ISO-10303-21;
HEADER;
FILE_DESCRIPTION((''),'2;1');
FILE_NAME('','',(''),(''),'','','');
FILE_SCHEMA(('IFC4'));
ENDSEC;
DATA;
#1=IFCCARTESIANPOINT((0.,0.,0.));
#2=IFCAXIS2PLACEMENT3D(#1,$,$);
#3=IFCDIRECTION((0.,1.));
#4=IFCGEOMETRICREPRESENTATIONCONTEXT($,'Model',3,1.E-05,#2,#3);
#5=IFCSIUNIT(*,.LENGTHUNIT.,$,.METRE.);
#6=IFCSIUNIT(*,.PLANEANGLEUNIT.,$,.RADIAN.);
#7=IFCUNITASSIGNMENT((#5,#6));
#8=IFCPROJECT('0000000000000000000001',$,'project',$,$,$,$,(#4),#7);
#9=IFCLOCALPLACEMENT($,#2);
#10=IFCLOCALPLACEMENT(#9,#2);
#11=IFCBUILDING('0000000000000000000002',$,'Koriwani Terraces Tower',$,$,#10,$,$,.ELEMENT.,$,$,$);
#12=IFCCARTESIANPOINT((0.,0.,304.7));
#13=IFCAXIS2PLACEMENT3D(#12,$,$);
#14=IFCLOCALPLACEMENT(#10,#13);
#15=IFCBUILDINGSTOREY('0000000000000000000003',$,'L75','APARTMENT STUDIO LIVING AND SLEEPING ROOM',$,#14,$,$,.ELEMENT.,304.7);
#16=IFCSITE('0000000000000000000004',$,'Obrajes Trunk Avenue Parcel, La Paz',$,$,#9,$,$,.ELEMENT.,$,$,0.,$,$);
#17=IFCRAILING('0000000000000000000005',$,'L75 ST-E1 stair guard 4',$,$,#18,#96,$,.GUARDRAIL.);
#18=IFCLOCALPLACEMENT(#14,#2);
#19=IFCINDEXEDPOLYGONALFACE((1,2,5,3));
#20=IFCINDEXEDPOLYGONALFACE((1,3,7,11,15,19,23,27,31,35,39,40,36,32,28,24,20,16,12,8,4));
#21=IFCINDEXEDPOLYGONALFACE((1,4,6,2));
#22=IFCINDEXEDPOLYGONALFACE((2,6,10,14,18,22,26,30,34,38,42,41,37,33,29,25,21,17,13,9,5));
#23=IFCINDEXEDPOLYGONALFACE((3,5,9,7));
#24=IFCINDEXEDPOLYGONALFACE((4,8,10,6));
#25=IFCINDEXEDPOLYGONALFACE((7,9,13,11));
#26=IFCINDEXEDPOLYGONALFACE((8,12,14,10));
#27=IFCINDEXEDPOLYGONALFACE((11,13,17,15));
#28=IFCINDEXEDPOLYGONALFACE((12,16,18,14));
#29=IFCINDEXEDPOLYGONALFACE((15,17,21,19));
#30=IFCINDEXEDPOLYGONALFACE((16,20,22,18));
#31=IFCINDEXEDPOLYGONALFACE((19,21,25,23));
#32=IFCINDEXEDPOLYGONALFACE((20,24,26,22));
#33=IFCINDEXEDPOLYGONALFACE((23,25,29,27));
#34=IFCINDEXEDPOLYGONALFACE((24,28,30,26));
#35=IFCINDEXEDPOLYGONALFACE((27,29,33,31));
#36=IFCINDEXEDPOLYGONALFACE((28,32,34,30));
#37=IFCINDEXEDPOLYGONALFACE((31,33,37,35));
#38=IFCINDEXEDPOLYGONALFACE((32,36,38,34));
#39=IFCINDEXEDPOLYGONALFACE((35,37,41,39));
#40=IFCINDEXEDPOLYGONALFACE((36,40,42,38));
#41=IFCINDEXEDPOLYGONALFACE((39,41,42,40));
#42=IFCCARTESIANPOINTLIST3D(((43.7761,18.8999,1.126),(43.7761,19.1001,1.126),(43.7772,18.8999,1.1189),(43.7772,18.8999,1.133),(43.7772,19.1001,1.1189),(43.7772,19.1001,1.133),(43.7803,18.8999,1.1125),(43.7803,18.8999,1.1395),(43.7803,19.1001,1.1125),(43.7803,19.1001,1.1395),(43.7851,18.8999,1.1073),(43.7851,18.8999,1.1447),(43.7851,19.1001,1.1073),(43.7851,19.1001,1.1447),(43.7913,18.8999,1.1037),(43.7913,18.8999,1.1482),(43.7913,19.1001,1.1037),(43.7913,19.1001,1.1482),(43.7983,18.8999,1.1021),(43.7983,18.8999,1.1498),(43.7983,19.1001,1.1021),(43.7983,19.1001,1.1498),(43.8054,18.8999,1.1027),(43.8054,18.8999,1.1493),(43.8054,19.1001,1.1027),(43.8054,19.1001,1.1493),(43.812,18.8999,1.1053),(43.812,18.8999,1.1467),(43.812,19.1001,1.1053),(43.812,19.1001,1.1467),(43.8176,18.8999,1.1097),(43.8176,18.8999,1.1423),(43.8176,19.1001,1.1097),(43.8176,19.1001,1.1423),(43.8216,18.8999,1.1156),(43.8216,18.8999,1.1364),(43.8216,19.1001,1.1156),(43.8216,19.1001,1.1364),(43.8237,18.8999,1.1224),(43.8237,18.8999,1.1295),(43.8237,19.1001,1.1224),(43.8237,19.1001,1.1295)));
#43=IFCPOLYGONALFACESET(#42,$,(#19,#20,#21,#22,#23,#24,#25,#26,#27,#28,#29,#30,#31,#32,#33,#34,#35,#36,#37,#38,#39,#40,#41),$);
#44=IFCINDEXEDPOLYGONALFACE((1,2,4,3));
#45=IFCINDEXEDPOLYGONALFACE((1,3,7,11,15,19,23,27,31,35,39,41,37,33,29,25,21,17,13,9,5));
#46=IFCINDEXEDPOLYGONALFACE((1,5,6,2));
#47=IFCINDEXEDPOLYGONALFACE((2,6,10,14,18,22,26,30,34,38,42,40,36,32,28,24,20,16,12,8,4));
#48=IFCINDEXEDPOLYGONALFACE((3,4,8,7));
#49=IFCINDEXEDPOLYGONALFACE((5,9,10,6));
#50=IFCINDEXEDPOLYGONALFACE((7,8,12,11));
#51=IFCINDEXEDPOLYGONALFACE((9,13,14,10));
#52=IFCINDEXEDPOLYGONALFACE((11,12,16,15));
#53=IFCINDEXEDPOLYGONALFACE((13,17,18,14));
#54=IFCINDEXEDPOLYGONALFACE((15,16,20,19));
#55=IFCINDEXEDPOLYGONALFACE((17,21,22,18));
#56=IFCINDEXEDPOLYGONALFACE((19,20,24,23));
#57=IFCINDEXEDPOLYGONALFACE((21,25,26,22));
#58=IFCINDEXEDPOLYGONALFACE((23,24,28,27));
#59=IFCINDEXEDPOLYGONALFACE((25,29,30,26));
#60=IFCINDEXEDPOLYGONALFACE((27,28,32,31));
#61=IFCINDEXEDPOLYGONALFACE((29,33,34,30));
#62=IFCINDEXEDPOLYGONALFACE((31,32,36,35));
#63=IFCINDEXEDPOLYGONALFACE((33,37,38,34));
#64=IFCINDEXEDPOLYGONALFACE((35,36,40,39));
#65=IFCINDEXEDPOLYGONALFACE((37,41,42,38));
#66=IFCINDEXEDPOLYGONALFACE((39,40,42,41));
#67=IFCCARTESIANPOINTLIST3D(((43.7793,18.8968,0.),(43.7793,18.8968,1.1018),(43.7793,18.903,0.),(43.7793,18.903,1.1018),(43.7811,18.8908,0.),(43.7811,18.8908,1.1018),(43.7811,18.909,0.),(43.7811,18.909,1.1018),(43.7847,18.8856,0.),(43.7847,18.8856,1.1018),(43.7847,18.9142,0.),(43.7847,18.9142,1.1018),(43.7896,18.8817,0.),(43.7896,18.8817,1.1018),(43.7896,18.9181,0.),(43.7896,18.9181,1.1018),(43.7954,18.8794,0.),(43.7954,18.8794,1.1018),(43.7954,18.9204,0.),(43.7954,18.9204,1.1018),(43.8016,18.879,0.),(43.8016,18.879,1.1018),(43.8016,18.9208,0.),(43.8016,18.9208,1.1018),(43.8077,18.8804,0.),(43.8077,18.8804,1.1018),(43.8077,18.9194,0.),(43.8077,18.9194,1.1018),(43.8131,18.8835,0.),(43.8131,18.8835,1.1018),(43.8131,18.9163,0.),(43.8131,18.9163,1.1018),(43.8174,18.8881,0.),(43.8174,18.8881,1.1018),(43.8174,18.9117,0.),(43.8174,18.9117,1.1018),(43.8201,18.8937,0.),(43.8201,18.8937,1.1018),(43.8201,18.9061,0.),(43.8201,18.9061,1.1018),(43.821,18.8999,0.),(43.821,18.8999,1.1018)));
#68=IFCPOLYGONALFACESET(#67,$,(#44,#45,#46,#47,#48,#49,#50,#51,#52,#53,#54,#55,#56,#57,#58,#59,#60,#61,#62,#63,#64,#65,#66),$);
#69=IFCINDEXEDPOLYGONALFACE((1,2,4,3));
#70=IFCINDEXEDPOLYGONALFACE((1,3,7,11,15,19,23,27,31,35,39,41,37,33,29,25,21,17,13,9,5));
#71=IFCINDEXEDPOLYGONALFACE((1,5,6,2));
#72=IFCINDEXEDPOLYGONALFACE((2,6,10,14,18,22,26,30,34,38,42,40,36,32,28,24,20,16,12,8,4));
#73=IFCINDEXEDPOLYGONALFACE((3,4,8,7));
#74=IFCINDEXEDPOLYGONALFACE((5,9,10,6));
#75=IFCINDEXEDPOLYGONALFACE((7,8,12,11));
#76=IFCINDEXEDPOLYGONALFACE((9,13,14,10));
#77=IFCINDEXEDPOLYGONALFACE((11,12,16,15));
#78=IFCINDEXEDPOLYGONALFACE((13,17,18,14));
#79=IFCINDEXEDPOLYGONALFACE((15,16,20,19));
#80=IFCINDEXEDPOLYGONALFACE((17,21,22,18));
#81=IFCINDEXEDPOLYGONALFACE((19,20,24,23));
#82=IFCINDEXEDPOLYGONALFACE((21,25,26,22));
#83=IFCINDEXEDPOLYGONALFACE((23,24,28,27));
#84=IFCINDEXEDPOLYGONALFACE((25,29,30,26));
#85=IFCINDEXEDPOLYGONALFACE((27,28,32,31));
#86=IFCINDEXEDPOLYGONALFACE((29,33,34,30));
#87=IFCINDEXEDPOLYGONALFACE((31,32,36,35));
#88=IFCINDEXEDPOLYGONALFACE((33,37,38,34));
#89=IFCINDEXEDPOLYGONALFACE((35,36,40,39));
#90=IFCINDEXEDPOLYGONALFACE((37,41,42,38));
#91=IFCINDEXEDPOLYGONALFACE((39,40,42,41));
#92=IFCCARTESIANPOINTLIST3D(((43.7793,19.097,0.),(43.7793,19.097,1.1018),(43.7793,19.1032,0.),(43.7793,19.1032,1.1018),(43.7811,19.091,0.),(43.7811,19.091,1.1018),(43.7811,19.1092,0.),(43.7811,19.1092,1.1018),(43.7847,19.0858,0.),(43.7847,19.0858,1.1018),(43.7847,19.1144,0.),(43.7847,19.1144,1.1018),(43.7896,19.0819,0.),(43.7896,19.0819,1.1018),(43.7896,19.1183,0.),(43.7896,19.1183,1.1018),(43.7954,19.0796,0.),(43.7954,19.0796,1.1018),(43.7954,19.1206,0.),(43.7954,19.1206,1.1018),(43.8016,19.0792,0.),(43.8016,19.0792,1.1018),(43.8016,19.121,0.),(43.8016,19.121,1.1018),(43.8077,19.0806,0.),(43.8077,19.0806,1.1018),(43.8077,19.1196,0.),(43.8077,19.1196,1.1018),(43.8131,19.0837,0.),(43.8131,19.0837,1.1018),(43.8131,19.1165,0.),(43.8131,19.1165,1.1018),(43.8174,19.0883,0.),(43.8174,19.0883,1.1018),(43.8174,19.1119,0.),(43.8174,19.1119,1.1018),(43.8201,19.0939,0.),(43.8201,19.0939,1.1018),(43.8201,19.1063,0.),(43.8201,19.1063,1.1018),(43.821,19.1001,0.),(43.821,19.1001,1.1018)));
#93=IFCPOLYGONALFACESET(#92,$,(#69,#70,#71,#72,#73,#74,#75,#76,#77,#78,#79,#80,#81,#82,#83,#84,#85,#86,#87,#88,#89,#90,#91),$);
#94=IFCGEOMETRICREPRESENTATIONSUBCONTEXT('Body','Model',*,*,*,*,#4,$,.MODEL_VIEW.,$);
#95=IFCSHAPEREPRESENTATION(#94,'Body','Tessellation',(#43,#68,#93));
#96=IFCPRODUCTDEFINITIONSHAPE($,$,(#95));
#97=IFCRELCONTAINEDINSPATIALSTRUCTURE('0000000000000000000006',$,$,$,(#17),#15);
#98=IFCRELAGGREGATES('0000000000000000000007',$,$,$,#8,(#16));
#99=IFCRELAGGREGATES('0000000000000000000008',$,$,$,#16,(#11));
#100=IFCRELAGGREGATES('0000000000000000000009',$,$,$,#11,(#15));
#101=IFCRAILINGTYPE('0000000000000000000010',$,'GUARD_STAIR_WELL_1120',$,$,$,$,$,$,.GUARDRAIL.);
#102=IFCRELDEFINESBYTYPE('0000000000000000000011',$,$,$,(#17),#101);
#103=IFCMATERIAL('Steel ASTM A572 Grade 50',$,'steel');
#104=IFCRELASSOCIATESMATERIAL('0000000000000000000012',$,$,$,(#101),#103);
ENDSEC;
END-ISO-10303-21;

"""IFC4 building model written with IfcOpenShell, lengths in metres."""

from ifc_helpers import new_model, si_unit, direction, frame, origin, origin_2d, place, context, subcontext, project, spatial, circle, extrude, material, type_object, element, save


model = new_model("IFC4")

# Units and contexts
model_context = context("Model", 3, precision=1e-05, world=origin(), true_north=direction((0.0, 1.0)))
body_context = subcontext(model_context, "Body", "Model", "MODEL_VIEW")
ifc_project = project(units=[si_unit("LENGTHUNIT", "METRE"), si_unit("PLANEANGLEUNIT", "RADIAN")], contexts=[model_context])

# Site, building, storey
site_placement = place(None, origin())
site = spatial("IfcSite", under=ifc_project, at=site_placement, Name="Obrajes Trunk Avenue Parcel, La Paz", CompositionType="ELEMENT", RefElevation=0.0)
building_placement = place(site_placement, origin())
building = spatial("IfcBuilding", under=site, at=building_placement, Name="Koriwani Terraces Tower", CompositionType="ELEMENT")
storey_placement = place(building_placement, frame((0.0, 0.0, 304.7)))
storey = spatial("IfcBuildingStorey", under=building, at=storey_placement, Name="L75", Description="APARTMENT STUDIO LIVING AND SLEEPING ROOM", CompositionType="ELEMENT", Elevation=304.7)

# Shared definitions
ifc_material_1 = material(Name="Steel ASTM A572 Grade 50", Category="steel")

# Railing
railing_type_1 = type_object("IfcRailingType", Name="GUARD_STAIR_WELL_1120", PredefinedType="GUARDRAIL", material=ifc_material_1)
railing_1_placement = place(storey_placement, frame((43.8, 18.8999, 0.0)))
element("IfcRailing", 1, at=railing_1_placement, inside=storey, type_object=railing_type_1, Name="L75 ST-E1 stair guard 4", PredefinedType="GUARDRAIL", context=body_context, shape_type="SweptSolid", body=[
    extrude(circle(Radius=0.0239, at=origin_2d()), frame((0.0, 0.0, 1.126), z_axis=(0.0, 1.0, 0.0), x_axis=(-1.0, 0.0, 0.0)), (0.0, 0.0, 1.0), 0.2002),
    extrude(circle(Radius=0.021, at=origin_2d()), origin(), (0.0, 0.0, 1.0), 1.1018),
    extrude(circle(Radius=0.021, at=origin_2d()), frame((0.0, 0.2002, 0.0)), (0.0, 0.0, 1.0), 1.1018),
])

save(model, "model.ifc")
